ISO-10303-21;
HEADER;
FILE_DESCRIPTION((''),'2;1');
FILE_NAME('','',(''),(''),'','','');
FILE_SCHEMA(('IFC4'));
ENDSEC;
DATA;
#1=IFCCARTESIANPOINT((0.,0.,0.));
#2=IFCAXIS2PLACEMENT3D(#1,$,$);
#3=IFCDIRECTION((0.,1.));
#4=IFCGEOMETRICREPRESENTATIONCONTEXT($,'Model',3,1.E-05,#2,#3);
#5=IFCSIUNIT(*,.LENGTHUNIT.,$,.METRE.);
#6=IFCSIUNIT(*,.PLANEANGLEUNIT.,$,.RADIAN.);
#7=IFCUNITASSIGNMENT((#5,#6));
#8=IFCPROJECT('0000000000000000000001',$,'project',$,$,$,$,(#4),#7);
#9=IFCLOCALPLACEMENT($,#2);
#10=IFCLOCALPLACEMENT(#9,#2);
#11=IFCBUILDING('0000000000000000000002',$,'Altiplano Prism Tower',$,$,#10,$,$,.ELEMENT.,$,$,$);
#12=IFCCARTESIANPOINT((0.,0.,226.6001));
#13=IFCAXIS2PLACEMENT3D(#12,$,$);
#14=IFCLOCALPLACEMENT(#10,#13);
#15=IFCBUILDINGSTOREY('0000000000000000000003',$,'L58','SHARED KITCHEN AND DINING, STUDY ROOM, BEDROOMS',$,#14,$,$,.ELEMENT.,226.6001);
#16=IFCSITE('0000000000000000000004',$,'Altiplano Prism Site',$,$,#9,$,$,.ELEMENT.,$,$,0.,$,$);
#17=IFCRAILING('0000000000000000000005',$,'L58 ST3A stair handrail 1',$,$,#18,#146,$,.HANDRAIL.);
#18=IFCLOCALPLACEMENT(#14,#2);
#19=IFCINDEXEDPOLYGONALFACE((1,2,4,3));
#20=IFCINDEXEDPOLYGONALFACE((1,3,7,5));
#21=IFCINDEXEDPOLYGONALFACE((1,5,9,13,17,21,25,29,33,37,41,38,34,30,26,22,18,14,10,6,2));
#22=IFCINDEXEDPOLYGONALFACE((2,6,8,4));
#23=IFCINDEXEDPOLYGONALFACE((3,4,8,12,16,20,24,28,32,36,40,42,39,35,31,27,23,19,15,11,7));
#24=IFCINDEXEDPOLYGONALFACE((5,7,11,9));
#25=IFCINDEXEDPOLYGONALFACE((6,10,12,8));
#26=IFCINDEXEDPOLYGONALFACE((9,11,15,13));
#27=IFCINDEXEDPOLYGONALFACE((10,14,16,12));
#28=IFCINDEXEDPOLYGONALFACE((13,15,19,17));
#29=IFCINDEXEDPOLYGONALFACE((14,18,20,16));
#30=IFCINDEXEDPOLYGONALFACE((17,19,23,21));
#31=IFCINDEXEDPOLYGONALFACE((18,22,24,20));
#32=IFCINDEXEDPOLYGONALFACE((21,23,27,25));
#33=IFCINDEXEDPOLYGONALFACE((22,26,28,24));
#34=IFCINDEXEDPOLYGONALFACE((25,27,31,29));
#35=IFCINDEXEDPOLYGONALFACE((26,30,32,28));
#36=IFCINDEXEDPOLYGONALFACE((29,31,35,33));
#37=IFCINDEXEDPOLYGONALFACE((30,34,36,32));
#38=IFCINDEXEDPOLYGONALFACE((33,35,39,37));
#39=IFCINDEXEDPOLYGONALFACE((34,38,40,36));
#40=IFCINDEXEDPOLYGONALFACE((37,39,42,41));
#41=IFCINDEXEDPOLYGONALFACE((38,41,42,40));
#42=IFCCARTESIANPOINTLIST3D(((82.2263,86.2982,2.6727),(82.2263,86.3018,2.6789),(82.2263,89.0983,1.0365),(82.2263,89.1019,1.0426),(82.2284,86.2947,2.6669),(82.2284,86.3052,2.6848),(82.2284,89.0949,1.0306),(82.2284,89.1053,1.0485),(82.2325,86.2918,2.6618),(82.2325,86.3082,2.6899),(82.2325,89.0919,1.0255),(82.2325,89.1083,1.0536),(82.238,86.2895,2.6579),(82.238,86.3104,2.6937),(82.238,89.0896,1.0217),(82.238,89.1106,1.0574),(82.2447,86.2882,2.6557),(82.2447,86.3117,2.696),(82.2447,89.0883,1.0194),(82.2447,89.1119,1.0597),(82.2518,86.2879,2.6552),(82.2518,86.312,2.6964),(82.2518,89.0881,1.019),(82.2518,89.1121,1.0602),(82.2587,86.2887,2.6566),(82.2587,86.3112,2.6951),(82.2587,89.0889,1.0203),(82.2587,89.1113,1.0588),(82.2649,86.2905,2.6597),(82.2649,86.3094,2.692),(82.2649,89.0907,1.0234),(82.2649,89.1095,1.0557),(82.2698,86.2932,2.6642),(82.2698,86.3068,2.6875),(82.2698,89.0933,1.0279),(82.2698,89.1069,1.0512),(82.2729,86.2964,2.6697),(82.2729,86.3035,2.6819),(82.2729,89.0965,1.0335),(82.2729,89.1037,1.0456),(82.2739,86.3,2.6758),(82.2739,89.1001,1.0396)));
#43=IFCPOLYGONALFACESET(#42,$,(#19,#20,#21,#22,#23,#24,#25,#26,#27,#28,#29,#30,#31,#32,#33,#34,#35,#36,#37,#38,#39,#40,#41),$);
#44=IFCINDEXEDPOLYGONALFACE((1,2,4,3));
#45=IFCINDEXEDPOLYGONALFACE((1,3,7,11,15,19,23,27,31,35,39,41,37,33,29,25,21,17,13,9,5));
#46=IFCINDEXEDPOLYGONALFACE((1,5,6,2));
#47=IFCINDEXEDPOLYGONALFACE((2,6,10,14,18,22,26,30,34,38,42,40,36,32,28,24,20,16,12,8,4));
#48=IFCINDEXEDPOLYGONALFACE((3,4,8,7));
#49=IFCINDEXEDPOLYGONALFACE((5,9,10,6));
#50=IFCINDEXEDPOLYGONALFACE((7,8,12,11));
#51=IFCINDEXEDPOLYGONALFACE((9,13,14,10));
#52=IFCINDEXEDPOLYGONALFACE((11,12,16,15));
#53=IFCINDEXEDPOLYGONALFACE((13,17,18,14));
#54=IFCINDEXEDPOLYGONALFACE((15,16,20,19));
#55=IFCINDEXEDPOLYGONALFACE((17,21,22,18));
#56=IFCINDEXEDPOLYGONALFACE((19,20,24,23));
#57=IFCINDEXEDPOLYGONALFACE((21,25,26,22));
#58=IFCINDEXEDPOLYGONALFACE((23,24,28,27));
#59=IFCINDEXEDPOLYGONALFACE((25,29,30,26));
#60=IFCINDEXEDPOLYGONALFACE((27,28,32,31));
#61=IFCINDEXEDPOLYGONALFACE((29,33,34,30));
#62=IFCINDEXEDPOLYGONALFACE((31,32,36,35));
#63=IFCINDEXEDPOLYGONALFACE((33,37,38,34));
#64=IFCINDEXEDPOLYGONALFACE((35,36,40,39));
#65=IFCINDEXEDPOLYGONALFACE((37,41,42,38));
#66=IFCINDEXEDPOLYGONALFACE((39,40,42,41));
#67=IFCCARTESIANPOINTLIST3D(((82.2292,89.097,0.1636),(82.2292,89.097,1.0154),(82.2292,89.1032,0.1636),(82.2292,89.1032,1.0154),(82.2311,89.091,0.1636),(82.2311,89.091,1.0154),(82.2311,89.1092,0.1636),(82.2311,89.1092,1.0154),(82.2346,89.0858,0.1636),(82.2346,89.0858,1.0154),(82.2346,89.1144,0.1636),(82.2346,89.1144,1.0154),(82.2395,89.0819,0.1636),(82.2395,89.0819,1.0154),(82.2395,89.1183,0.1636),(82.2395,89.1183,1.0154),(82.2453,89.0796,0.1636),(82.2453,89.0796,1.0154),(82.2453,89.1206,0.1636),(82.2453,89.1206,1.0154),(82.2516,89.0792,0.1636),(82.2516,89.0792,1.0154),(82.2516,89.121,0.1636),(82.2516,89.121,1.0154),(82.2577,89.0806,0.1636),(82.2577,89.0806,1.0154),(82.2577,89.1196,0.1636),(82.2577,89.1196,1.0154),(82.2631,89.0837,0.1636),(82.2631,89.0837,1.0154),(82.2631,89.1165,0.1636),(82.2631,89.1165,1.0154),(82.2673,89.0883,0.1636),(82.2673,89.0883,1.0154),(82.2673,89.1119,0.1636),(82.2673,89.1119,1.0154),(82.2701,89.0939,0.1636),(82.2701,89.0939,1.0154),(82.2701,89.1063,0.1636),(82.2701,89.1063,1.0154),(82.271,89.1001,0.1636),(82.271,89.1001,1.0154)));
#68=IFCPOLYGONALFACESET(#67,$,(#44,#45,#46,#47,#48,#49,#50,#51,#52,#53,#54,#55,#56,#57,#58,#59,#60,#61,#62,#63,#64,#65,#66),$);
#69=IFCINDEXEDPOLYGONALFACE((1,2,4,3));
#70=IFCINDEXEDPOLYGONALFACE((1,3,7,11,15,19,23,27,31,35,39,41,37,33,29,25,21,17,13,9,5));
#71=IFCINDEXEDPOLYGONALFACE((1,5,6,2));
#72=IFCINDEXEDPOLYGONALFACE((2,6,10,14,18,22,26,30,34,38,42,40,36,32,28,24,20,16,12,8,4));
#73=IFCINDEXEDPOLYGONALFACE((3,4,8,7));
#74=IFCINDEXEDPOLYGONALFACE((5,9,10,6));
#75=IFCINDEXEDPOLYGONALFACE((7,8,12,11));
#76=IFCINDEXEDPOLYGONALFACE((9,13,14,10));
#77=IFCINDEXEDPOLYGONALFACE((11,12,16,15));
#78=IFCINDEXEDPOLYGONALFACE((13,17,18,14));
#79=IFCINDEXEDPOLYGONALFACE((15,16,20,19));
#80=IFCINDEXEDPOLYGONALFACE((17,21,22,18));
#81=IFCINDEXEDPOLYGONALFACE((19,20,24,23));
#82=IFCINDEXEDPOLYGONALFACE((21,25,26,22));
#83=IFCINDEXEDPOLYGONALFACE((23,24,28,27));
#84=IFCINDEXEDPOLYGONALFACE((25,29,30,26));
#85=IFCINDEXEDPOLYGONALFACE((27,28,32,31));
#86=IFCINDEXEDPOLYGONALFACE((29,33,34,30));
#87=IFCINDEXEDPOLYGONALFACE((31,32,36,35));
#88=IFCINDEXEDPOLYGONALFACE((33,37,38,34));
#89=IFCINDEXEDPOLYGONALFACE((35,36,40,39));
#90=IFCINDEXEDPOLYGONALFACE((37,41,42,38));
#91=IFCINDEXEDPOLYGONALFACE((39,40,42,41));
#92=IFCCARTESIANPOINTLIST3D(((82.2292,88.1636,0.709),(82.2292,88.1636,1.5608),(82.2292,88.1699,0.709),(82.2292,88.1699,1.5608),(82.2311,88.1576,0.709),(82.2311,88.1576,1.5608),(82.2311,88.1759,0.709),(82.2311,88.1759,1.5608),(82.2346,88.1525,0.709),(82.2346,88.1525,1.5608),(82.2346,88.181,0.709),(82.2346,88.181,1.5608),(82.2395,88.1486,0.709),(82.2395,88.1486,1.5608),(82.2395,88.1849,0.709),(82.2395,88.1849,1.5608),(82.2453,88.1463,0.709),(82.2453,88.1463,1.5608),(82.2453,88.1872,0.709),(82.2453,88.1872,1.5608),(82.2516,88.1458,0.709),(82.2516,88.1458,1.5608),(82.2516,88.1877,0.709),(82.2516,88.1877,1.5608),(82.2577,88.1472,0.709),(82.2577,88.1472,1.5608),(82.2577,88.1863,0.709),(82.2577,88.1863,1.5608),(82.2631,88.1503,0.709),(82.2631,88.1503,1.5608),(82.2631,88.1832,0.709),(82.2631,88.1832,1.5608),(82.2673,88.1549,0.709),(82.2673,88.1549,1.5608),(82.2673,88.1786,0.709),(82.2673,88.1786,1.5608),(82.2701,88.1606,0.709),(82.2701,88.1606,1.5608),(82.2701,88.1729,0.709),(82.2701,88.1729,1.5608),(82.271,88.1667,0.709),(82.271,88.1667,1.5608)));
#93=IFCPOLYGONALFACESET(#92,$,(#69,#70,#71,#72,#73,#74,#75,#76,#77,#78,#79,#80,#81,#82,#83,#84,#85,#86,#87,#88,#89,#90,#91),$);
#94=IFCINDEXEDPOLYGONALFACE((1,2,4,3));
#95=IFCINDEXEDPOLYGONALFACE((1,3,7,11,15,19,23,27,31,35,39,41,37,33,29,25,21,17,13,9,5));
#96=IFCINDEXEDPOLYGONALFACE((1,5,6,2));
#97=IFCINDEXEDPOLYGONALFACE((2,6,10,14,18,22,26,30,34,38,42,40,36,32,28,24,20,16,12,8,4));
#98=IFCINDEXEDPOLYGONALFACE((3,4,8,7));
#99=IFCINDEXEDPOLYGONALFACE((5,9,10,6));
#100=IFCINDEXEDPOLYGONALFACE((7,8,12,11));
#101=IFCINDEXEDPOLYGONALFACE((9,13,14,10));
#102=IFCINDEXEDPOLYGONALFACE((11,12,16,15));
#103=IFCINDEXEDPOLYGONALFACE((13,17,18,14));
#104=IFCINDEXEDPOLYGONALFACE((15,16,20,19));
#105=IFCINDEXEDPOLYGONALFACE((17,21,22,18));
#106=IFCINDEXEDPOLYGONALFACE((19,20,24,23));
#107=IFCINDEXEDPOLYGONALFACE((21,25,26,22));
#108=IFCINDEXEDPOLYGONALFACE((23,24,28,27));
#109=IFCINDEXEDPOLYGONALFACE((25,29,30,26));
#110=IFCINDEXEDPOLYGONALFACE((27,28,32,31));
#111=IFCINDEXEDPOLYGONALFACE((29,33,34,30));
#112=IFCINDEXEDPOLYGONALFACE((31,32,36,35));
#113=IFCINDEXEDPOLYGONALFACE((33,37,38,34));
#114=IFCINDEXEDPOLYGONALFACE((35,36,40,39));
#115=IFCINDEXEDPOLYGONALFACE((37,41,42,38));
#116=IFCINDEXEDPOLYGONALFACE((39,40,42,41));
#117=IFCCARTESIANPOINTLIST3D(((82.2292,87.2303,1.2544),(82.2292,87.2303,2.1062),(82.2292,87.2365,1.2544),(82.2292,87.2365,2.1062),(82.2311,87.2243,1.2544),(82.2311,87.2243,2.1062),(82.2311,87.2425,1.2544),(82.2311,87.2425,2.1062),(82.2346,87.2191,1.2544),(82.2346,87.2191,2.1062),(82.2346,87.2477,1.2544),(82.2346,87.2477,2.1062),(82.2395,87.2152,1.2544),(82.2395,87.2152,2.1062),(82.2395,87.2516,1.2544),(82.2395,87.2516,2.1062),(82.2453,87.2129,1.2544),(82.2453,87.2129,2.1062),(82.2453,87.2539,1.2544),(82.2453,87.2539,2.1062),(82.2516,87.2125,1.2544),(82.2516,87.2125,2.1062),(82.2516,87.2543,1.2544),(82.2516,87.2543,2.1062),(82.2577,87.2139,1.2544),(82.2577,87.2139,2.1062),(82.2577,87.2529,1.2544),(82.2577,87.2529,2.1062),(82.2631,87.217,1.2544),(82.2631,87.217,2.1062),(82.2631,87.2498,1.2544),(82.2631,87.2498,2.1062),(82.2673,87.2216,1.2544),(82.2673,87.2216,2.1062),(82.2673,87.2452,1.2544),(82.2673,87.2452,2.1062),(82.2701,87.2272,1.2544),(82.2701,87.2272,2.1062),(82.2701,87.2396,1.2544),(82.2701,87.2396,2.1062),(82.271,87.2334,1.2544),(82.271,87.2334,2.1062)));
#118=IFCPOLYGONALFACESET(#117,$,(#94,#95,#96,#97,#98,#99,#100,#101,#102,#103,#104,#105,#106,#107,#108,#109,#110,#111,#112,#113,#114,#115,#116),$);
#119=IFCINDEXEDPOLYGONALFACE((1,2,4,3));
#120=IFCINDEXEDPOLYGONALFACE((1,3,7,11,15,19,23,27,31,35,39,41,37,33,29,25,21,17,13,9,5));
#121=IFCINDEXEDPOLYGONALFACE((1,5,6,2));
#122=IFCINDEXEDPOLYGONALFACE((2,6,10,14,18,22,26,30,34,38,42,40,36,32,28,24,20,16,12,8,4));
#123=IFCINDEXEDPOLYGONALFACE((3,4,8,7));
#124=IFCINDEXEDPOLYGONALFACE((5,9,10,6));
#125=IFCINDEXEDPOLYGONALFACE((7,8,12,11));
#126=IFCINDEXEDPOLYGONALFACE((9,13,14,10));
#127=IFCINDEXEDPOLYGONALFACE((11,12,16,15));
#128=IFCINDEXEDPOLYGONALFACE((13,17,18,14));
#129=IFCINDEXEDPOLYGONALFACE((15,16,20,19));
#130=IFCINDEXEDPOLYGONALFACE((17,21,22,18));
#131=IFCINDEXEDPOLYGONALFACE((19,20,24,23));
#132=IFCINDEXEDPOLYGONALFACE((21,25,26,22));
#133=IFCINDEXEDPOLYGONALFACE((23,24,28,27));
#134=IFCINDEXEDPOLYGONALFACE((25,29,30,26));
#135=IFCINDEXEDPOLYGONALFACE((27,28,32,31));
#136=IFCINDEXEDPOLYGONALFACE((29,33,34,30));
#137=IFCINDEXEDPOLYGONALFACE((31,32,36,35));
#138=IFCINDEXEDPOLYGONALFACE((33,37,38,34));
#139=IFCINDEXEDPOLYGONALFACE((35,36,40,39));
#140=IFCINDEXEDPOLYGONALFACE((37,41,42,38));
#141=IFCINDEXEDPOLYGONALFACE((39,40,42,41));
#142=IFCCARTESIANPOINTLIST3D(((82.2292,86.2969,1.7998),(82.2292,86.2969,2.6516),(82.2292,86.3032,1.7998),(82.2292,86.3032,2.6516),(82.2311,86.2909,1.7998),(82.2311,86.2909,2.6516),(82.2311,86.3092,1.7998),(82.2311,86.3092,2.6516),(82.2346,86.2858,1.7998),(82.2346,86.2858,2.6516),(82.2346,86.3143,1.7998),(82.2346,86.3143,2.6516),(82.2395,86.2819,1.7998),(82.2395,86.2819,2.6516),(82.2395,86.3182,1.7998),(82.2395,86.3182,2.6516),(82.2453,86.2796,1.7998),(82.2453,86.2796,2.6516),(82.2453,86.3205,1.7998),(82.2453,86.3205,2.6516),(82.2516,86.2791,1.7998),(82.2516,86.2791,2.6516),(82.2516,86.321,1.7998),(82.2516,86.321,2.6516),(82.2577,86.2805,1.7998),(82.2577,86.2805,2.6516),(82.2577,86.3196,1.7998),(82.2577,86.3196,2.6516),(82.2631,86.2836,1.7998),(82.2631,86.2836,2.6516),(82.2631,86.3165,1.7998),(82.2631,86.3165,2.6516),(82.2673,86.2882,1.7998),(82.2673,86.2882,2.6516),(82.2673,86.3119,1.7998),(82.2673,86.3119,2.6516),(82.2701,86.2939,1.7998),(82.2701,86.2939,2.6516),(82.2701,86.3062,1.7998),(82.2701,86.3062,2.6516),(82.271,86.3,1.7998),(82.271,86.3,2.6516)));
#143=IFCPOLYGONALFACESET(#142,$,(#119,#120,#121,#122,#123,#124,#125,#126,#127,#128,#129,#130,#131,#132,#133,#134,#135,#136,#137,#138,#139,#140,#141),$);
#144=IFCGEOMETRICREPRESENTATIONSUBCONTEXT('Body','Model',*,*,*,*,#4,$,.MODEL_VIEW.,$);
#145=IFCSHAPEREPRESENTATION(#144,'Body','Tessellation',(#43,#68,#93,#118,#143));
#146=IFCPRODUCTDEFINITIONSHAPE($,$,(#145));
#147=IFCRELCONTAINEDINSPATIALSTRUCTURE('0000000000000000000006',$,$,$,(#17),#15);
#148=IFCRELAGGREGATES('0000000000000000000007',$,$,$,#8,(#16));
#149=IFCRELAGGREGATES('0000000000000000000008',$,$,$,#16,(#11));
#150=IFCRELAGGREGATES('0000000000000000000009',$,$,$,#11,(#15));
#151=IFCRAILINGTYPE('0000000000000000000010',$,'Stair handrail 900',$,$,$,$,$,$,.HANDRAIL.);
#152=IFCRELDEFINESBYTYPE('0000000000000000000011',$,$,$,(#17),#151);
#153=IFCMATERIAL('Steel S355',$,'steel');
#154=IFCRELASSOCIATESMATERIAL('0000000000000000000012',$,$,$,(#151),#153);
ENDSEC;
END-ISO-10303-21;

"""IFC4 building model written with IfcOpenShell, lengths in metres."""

from ifc_helpers import new_model, si_unit, direction, frame, origin, origin_2d, place, context, subcontext, project, spatial, circle, extrude, material, type_object, element, save


model = new_model("IFC4")

# Units and contexts
model_context = context("Model", 3, precision=1e-05, world=origin(), true_north=direction((0.0, 1.0)))
body_context = subcontext(model_context, "Body", "Model", "MODEL_VIEW")
ifc_project = project(units=[si_unit("LENGTHUNIT", "METRE"), si_unit("PLANEANGLEUNIT", "RADIAN")], contexts=[model_context])

# Site, building, storey
site_placement = place(None, origin())
site = spatial("IfcSite", under=ifc_project, at=site_placement, Name="Altiplano Prism Site", CompositionType="ELEMENT", RefElevation=0.0)
building_placement = place(site_placement, origin())
building = spatial("IfcBuilding", under=site, at=building_placement, Name="Altiplano Prism Tower", CompositionType="ELEMENT")
storey_placement = place(building_placement, frame((0.0, 0.0, 226.6001)))
storey = spatial("IfcBuildingStorey", under=building, at=storey_placement, Name="L58", Description="SHARED KITCHEN AND DINING, STUDY ROOM, BEDROOMS", CompositionType="ELEMENT", Elevation=226.6001)

# Railing
ifc_material_1 = material(Name="Steel S355", Category="steel")
railing_type = type_object("IfcRailingType", Name="Stair handrail 900", PredefinedType="HANDRAIL", material=ifc_material_1)
railing_1_placement = place(storey_placement, frame((82.25, 89.1001, 0.1636)))
element("IfcRailing", 1, at=railing_1_placement, inside=storey, type_object=railing_type, Name="L58 ST3A stair handrail 1", PredefinedType="HANDRAIL", context=body_context, shape_type="SweptSolid", body=[
    extrude(circle(Radius=0.0239, at=origin_2d()), frame((0.0, 0.0, 0.876), z_axis=(0.0, -0.863394, 0.504531), x_axis=(1.0, 0.0, 0.0)), (0.0, 0.0, 1.0), 3.2432),
    extrude(circle(Radius=0.021, at=origin_2d()), origin(), (0.0, 0.0, 1.0), 0.8518),
    extrude(circle(Radius=0.021, at=origin_2d()), frame((0.0, -0.9333, 0.5454)), (0.0, 0.0, 1.0), 0.8518),
    extrude(circle(Radius=0.021, at=origin_2d()), frame((0.0, -1.8667, 1.0908)), (0.0, 0.0, 1.0), 0.8518),
    extrude(circle(Radius=0.021, at=origin_2d()), frame((0.0, -2.8, 1.6362)), (0.0, 0.0, 1.0), 0.8518),
])

save(model, "model.ifc")
